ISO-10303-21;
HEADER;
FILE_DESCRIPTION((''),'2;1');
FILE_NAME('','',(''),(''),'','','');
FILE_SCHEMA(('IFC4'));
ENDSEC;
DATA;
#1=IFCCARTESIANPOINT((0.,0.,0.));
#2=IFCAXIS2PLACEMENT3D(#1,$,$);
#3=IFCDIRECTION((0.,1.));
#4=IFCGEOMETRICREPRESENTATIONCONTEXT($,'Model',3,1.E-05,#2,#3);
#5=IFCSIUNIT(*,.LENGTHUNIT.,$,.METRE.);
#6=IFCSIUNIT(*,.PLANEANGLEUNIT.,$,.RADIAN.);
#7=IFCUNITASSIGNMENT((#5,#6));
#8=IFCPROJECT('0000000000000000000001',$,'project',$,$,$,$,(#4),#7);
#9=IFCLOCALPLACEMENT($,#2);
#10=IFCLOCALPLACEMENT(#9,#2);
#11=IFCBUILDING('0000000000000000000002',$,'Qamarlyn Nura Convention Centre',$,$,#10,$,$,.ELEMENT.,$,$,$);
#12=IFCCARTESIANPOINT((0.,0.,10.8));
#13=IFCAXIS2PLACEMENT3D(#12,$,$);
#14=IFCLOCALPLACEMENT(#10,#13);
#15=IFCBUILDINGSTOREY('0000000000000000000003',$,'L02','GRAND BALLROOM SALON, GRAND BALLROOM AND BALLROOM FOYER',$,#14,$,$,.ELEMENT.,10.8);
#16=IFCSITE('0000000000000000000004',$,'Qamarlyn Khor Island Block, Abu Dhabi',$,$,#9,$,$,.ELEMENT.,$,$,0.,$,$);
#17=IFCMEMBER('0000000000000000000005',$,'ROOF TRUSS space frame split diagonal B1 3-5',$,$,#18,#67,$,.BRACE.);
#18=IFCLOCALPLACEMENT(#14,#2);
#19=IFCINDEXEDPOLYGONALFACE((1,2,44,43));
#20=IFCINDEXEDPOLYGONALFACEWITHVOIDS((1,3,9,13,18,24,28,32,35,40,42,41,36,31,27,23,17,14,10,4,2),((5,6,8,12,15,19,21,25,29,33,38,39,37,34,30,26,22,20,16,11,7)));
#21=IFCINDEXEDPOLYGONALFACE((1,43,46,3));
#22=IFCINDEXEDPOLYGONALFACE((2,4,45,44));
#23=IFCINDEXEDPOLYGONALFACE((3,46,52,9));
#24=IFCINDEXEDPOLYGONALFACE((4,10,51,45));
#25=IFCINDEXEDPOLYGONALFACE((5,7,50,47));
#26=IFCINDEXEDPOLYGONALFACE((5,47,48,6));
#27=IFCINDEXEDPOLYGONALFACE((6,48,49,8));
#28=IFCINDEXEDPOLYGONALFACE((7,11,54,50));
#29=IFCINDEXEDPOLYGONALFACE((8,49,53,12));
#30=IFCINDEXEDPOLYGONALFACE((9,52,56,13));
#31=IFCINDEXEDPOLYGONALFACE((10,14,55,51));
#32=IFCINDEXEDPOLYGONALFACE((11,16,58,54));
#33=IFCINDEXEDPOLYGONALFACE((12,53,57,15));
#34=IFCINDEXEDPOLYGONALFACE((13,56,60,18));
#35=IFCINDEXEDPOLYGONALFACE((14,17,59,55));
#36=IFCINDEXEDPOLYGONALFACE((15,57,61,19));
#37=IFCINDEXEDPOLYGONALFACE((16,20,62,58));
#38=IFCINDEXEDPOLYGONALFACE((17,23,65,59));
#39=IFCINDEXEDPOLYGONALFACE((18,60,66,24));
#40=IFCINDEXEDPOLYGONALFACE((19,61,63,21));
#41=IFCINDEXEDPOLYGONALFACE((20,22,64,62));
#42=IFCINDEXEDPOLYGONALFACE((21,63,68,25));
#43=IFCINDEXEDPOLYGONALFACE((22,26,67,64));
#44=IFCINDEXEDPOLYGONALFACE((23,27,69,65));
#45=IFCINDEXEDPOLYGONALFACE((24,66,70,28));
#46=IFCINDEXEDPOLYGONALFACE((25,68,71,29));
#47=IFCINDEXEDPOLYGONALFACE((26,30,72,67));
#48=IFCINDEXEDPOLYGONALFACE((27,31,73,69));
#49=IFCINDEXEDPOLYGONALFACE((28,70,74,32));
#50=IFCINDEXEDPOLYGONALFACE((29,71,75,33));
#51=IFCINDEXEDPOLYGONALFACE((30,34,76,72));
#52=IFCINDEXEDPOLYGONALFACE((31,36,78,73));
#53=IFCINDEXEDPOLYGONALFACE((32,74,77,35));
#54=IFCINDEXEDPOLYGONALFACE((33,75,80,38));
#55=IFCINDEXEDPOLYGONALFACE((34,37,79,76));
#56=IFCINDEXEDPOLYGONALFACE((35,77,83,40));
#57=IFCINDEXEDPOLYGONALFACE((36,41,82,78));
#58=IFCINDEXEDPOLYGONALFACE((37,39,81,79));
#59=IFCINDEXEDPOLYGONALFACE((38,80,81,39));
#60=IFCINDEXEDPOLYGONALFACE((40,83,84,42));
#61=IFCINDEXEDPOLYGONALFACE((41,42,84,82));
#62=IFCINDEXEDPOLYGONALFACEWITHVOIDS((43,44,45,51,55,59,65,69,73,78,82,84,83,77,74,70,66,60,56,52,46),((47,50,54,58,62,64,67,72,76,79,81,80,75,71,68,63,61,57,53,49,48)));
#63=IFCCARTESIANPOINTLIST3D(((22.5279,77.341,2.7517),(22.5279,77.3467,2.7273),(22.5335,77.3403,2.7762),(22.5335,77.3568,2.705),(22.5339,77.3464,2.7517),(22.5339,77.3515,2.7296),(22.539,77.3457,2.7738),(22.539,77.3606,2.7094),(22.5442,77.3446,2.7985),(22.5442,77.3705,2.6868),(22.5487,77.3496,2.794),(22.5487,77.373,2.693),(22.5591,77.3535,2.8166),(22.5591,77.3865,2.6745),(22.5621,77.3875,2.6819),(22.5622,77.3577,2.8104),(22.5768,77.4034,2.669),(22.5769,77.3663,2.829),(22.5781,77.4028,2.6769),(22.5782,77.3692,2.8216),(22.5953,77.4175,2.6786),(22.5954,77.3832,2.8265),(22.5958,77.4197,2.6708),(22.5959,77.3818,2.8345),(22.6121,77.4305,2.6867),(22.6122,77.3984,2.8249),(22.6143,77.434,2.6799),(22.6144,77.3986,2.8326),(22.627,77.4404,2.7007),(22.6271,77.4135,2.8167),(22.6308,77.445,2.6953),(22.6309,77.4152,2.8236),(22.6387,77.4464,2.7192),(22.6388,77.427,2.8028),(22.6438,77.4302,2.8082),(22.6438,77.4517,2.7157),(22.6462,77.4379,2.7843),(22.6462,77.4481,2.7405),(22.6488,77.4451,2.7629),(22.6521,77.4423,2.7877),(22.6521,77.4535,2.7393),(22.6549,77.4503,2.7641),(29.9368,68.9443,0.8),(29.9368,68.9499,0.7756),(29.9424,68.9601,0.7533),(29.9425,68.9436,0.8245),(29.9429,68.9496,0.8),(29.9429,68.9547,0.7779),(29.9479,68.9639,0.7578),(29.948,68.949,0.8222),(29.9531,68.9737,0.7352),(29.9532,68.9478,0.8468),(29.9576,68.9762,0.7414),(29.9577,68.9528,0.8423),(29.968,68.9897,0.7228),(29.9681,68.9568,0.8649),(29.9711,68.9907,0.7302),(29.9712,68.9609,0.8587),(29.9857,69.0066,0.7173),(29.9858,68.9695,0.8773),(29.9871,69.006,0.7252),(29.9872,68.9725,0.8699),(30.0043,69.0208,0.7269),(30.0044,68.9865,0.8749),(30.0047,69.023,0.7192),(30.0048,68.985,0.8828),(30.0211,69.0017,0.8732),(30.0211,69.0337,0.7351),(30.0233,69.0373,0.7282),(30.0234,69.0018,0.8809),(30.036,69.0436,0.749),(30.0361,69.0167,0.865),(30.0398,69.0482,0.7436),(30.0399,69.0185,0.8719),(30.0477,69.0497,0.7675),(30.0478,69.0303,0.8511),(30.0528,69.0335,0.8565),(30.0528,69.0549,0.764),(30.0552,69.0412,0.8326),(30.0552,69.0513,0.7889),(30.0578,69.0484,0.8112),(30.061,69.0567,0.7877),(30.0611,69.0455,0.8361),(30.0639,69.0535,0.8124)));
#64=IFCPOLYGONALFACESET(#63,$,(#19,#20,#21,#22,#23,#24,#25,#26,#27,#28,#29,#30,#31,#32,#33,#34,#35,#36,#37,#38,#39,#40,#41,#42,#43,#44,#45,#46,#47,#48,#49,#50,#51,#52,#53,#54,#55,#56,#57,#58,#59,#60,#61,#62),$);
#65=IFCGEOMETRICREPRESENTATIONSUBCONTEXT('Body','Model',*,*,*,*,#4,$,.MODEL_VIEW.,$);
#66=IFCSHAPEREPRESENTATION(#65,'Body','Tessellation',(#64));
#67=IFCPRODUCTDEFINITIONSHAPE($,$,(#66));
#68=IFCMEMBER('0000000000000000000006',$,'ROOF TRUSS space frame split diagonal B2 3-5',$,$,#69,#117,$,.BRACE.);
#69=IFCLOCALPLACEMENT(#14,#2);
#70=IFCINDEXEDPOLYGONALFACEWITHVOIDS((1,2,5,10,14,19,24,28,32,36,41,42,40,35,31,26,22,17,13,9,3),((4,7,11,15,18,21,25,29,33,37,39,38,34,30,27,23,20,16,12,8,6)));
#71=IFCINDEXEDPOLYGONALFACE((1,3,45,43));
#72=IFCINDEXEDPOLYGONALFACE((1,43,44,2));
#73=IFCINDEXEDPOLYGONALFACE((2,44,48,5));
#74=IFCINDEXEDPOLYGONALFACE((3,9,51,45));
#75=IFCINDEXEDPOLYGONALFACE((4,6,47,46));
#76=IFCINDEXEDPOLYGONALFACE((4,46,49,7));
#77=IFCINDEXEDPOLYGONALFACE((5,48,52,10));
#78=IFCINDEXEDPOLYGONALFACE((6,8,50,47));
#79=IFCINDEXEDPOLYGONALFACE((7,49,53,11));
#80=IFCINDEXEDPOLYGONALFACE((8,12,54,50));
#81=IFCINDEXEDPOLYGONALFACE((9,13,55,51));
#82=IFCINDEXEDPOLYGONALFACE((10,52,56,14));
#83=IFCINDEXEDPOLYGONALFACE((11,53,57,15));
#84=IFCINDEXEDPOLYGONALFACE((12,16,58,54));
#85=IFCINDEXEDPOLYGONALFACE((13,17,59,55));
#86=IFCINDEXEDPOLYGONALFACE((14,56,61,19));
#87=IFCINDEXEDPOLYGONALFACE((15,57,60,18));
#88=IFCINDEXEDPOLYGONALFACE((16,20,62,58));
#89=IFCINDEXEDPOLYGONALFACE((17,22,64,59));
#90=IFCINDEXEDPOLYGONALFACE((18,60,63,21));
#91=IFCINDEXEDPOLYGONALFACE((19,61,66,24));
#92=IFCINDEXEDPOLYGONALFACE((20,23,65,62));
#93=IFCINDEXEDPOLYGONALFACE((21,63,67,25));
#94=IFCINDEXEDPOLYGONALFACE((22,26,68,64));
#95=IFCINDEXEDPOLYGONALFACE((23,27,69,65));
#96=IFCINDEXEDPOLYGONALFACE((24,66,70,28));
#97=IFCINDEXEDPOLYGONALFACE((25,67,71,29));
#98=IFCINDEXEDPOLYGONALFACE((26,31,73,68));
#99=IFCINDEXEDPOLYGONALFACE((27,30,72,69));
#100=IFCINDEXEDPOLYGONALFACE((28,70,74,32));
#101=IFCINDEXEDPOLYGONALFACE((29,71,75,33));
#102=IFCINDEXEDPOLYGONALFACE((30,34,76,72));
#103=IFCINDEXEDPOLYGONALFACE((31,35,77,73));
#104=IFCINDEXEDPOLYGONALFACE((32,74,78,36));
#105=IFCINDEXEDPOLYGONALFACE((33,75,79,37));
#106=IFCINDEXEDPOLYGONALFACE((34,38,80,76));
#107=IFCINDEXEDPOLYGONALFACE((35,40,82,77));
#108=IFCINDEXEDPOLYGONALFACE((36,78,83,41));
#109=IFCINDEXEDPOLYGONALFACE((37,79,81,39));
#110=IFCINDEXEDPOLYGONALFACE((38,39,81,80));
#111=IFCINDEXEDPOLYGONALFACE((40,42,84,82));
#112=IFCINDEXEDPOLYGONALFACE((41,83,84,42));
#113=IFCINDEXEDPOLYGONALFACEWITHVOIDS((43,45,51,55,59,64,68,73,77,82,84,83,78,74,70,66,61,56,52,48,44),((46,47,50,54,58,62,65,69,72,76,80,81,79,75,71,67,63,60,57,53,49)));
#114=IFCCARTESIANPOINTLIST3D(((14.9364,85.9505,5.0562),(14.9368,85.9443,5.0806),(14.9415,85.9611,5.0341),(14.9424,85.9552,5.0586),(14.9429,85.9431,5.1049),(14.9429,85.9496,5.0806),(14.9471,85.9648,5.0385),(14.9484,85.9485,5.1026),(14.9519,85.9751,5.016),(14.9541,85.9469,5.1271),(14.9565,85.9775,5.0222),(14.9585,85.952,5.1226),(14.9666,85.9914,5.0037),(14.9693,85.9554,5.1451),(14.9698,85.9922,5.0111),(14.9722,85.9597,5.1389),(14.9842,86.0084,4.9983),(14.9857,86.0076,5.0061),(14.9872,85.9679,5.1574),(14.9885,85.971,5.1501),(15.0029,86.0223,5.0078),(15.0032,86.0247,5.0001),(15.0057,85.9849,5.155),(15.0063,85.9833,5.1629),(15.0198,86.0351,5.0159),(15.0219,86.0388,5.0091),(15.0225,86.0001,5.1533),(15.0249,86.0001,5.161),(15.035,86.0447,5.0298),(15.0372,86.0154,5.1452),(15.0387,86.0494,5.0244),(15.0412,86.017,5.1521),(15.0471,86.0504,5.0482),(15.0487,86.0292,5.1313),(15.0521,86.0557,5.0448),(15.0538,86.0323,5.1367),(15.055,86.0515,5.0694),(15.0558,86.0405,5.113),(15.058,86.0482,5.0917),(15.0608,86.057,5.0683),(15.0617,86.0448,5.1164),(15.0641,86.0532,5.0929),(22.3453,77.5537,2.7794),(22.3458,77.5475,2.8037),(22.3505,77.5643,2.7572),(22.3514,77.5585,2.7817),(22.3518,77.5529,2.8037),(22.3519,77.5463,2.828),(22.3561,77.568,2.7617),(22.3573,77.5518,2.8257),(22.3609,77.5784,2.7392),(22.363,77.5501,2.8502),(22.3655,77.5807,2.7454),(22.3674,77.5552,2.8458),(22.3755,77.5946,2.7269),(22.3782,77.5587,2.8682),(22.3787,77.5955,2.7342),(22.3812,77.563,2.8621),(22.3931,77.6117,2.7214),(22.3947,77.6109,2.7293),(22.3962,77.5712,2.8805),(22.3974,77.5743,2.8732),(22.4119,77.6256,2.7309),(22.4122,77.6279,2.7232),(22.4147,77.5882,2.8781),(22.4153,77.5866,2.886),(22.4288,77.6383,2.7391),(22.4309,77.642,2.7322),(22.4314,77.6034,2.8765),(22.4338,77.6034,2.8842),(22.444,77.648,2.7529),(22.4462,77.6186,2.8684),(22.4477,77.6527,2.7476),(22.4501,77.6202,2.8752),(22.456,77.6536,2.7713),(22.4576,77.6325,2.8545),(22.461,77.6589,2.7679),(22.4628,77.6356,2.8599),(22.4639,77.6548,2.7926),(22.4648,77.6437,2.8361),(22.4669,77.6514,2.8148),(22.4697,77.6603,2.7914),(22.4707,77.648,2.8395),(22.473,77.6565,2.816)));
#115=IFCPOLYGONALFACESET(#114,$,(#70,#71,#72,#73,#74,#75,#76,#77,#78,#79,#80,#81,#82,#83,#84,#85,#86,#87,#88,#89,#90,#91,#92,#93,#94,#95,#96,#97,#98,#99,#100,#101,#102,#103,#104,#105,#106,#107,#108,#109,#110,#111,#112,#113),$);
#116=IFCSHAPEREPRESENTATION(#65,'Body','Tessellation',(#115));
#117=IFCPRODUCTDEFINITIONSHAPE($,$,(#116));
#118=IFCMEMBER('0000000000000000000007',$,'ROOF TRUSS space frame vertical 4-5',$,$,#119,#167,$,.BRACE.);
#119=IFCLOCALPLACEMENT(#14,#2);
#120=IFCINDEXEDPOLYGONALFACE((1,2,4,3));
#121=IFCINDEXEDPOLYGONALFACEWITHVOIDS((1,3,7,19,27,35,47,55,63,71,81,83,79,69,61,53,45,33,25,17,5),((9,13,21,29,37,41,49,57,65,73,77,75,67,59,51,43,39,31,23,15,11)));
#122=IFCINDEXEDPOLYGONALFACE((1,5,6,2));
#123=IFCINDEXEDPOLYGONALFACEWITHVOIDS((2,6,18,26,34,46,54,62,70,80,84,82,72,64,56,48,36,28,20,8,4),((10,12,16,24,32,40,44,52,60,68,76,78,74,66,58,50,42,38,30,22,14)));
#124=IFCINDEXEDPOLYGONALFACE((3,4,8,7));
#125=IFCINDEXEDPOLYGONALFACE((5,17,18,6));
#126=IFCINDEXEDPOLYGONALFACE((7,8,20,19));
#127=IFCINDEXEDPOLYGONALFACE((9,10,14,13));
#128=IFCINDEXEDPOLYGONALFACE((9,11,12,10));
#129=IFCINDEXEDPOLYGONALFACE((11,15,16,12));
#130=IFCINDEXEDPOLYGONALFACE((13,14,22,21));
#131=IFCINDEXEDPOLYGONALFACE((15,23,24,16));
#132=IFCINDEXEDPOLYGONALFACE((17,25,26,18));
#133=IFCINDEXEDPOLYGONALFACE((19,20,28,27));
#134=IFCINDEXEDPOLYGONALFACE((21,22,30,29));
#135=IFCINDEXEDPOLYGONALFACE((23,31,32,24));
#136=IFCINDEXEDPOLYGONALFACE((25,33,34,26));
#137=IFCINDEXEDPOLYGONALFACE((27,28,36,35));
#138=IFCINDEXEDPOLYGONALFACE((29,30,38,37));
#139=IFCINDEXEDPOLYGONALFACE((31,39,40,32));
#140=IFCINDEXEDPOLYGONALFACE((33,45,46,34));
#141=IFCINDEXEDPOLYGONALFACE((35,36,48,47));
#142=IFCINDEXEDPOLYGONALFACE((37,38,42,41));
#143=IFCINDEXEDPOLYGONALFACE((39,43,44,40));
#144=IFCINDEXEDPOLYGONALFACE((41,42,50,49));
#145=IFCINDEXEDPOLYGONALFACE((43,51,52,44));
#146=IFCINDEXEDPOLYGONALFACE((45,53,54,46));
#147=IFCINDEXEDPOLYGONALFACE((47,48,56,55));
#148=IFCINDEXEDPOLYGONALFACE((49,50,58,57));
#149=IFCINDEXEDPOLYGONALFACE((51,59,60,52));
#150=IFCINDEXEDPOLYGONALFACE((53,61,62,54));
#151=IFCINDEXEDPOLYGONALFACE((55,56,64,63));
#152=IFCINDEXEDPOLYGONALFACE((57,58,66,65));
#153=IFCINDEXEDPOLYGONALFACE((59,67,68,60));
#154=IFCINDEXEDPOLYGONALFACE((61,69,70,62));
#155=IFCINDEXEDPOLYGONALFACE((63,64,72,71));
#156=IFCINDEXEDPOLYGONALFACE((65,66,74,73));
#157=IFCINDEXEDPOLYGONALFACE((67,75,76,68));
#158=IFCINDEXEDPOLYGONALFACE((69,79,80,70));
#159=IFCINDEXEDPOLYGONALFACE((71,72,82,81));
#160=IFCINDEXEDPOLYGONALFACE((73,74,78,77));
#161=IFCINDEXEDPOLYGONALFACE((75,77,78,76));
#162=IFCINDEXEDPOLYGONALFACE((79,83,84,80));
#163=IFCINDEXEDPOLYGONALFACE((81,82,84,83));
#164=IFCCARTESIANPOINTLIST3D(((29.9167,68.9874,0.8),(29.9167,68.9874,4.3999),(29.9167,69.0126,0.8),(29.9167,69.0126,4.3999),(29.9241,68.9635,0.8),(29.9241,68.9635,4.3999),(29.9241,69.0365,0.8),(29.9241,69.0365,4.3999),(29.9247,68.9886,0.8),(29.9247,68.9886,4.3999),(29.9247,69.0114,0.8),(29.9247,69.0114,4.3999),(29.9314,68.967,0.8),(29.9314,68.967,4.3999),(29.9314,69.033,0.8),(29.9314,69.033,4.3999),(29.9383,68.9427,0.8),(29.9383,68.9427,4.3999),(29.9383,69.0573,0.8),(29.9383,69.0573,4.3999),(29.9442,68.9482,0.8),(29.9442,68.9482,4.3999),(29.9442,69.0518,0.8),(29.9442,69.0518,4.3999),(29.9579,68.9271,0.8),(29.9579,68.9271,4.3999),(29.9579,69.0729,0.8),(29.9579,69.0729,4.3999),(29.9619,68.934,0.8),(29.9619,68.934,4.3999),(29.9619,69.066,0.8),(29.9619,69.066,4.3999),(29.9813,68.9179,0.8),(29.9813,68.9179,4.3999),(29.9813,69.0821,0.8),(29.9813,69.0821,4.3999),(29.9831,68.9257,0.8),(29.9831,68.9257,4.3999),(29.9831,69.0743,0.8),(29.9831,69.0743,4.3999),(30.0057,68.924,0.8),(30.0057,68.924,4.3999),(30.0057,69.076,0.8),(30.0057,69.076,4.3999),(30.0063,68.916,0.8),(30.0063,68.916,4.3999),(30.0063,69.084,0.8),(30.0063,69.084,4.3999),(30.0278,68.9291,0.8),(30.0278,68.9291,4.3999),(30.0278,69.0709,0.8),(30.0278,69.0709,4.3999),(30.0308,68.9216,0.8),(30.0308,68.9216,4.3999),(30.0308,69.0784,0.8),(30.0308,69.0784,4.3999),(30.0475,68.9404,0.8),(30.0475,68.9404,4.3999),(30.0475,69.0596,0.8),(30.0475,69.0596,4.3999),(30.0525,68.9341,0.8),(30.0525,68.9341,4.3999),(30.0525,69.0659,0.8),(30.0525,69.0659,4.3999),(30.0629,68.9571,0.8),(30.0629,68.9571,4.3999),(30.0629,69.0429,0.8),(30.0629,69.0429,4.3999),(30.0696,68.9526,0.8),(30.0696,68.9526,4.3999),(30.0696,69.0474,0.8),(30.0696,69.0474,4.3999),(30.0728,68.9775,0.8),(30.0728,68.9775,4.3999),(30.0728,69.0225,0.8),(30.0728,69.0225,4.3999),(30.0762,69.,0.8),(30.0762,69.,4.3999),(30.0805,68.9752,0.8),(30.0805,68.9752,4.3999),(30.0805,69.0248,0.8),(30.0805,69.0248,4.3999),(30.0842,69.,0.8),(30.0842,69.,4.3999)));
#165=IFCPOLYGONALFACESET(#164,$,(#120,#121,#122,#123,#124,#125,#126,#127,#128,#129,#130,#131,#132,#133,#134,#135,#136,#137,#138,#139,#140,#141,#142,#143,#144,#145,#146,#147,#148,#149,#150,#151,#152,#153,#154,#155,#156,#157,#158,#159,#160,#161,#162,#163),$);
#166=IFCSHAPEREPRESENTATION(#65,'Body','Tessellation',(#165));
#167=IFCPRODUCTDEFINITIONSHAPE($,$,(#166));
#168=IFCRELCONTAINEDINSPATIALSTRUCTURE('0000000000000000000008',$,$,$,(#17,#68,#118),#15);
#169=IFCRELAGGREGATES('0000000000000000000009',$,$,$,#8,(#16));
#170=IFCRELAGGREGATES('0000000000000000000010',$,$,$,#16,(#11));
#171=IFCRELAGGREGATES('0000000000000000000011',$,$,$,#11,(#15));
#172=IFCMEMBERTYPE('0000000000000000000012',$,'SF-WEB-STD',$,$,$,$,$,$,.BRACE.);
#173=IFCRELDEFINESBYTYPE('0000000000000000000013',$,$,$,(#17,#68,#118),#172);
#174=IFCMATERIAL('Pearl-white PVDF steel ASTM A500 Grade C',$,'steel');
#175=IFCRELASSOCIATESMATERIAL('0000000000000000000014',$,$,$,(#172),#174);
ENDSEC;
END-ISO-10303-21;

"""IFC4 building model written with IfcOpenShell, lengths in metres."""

from ifc_helpers import new_model, si_unit, direction, frame, origin, origin_2d, place, context, subcontext, project, spatial, hollow_circle, extrude, material, material_profile, profile_set, type_object, element, save


model = new_model("IFC4")

# Units and contexts
model_context = context("Model", 3, precision=1e-05, world=origin(), true_north=direction((0.0, 1.0)))
body_context = subcontext(model_context, "Body", "Model", "MODEL_VIEW")
ifc_project = project(units=[si_unit("LENGTHUNIT", "METRE"), si_unit("PLANEANGLEUNIT", "RADIAN")], contexts=[model_context])

# Site, building, storey
site_placement = place(None, origin())
site = spatial("IfcSite", under=ifc_project, at=site_placement, Name="Qamarlyn Khor Island Block, Abu Dhabi", CompositionType="ELEMENT", RefElevation=0.0)
building_placement = place(site_placement, origin())
building = spatial("IfcBuilding", under=site, at=building_placement, Name="Qamarlyn Nura Convention Centre", CompositionType="ELEMENT")
storey_placement = place(building_placement, frame((0.0, 0.0, 10.8)))
storey = spatial("IfcBuildingStorey", under=building, at=storey_placement, Name="L02", Description="GRAND BALLROOM SALON, GRAND BALLROOM AND BALLROOM FOYER", CompositionType="ELEMENT", Elevation=10.8)

# Members
ifc_material_1 = material(Name="Pearl-white PVDF steel ASTM A500 Grade C", Category="steel")
ifc_material_profile_1 = material_profile(ifc_material_1, hollow_circle(Radius=0.0842, WallThickness=0.0081, at=origin_2d()), Name="CHS168.3X8")
ifc_profile_set_1 = profile_set([ifc_material_profile_1], Name="Pearl-white PVDF steel ASTM A500 Grade C")
member_type_1 = type_object("IfcMemberType", Name="SF-WEB-STD", PredefinedType="BRACE", material=ifc_profile_set_1)
member_1_placement = place(storey_placement, frame((30.0, 69.0, 0.8), z_axis=(-0.651799, 0.7387, 0.171697), x_axis=(-0.749835, -0.661625, 0.0)))
element("IfcMember", 1, at=member_1_placement, inside=storey, type_object=member_type_1, Name="ROOF TRUSS space frame split diagonal B1 3-5", PredefinedType="BRACE", context=body_context, shape_type="SweptSolid", body=[
    extrude(hollow_circle(Radius=0.0842, WallThickness=0.0081, at=origin_2d()), origin(), (0.0, 0.0, 1.0), 11.3669),
])
member_2_placement = place(storey_placement, frame((22.4089, 77.6033, 2.8037), z_axis=(-0.648358, 0.7348, 0.199248), x_axis=(-0.749835, -0.661625, 0.0)))
element("IfcMember", 2, at=member_2_placement, inside=storey, type_object=member_type_1, Name="ROOF TRUSS space frame split diagonal B2 3-5", PredefinedType="BRACE", context=body_context, shape_type="SweptSolid", body=[
    extrude(hollow_circle(Radius=0.0842, WallThickness=0.0081, at=origin_2d()), origin(), (0.0, 0.0, 1.0), 11.4272),
])
member_3_placement = place(storey_placement, frame((30.0, 69.0, 0.8), z_axis=(0.0, 0.0, 1.0), x_axis=(1.0, 0.0, 0.0)))
element("IfcMember", 3, at=member_3_placement, inside=storey, type_object=member_type_1, Name="ROOF TRUSS space frame vertical 4-5", PredefinedType="BRACE", context=body_context, shape_type="SweptSolid", body=[
    extrude(hollow_circle(Radius=0.0842, WallThickness=0.0081, at=origin_2d()), origin(), (0.0, 0.0, 1.0), 3.5999),
])

save(model, "model.ifc")
